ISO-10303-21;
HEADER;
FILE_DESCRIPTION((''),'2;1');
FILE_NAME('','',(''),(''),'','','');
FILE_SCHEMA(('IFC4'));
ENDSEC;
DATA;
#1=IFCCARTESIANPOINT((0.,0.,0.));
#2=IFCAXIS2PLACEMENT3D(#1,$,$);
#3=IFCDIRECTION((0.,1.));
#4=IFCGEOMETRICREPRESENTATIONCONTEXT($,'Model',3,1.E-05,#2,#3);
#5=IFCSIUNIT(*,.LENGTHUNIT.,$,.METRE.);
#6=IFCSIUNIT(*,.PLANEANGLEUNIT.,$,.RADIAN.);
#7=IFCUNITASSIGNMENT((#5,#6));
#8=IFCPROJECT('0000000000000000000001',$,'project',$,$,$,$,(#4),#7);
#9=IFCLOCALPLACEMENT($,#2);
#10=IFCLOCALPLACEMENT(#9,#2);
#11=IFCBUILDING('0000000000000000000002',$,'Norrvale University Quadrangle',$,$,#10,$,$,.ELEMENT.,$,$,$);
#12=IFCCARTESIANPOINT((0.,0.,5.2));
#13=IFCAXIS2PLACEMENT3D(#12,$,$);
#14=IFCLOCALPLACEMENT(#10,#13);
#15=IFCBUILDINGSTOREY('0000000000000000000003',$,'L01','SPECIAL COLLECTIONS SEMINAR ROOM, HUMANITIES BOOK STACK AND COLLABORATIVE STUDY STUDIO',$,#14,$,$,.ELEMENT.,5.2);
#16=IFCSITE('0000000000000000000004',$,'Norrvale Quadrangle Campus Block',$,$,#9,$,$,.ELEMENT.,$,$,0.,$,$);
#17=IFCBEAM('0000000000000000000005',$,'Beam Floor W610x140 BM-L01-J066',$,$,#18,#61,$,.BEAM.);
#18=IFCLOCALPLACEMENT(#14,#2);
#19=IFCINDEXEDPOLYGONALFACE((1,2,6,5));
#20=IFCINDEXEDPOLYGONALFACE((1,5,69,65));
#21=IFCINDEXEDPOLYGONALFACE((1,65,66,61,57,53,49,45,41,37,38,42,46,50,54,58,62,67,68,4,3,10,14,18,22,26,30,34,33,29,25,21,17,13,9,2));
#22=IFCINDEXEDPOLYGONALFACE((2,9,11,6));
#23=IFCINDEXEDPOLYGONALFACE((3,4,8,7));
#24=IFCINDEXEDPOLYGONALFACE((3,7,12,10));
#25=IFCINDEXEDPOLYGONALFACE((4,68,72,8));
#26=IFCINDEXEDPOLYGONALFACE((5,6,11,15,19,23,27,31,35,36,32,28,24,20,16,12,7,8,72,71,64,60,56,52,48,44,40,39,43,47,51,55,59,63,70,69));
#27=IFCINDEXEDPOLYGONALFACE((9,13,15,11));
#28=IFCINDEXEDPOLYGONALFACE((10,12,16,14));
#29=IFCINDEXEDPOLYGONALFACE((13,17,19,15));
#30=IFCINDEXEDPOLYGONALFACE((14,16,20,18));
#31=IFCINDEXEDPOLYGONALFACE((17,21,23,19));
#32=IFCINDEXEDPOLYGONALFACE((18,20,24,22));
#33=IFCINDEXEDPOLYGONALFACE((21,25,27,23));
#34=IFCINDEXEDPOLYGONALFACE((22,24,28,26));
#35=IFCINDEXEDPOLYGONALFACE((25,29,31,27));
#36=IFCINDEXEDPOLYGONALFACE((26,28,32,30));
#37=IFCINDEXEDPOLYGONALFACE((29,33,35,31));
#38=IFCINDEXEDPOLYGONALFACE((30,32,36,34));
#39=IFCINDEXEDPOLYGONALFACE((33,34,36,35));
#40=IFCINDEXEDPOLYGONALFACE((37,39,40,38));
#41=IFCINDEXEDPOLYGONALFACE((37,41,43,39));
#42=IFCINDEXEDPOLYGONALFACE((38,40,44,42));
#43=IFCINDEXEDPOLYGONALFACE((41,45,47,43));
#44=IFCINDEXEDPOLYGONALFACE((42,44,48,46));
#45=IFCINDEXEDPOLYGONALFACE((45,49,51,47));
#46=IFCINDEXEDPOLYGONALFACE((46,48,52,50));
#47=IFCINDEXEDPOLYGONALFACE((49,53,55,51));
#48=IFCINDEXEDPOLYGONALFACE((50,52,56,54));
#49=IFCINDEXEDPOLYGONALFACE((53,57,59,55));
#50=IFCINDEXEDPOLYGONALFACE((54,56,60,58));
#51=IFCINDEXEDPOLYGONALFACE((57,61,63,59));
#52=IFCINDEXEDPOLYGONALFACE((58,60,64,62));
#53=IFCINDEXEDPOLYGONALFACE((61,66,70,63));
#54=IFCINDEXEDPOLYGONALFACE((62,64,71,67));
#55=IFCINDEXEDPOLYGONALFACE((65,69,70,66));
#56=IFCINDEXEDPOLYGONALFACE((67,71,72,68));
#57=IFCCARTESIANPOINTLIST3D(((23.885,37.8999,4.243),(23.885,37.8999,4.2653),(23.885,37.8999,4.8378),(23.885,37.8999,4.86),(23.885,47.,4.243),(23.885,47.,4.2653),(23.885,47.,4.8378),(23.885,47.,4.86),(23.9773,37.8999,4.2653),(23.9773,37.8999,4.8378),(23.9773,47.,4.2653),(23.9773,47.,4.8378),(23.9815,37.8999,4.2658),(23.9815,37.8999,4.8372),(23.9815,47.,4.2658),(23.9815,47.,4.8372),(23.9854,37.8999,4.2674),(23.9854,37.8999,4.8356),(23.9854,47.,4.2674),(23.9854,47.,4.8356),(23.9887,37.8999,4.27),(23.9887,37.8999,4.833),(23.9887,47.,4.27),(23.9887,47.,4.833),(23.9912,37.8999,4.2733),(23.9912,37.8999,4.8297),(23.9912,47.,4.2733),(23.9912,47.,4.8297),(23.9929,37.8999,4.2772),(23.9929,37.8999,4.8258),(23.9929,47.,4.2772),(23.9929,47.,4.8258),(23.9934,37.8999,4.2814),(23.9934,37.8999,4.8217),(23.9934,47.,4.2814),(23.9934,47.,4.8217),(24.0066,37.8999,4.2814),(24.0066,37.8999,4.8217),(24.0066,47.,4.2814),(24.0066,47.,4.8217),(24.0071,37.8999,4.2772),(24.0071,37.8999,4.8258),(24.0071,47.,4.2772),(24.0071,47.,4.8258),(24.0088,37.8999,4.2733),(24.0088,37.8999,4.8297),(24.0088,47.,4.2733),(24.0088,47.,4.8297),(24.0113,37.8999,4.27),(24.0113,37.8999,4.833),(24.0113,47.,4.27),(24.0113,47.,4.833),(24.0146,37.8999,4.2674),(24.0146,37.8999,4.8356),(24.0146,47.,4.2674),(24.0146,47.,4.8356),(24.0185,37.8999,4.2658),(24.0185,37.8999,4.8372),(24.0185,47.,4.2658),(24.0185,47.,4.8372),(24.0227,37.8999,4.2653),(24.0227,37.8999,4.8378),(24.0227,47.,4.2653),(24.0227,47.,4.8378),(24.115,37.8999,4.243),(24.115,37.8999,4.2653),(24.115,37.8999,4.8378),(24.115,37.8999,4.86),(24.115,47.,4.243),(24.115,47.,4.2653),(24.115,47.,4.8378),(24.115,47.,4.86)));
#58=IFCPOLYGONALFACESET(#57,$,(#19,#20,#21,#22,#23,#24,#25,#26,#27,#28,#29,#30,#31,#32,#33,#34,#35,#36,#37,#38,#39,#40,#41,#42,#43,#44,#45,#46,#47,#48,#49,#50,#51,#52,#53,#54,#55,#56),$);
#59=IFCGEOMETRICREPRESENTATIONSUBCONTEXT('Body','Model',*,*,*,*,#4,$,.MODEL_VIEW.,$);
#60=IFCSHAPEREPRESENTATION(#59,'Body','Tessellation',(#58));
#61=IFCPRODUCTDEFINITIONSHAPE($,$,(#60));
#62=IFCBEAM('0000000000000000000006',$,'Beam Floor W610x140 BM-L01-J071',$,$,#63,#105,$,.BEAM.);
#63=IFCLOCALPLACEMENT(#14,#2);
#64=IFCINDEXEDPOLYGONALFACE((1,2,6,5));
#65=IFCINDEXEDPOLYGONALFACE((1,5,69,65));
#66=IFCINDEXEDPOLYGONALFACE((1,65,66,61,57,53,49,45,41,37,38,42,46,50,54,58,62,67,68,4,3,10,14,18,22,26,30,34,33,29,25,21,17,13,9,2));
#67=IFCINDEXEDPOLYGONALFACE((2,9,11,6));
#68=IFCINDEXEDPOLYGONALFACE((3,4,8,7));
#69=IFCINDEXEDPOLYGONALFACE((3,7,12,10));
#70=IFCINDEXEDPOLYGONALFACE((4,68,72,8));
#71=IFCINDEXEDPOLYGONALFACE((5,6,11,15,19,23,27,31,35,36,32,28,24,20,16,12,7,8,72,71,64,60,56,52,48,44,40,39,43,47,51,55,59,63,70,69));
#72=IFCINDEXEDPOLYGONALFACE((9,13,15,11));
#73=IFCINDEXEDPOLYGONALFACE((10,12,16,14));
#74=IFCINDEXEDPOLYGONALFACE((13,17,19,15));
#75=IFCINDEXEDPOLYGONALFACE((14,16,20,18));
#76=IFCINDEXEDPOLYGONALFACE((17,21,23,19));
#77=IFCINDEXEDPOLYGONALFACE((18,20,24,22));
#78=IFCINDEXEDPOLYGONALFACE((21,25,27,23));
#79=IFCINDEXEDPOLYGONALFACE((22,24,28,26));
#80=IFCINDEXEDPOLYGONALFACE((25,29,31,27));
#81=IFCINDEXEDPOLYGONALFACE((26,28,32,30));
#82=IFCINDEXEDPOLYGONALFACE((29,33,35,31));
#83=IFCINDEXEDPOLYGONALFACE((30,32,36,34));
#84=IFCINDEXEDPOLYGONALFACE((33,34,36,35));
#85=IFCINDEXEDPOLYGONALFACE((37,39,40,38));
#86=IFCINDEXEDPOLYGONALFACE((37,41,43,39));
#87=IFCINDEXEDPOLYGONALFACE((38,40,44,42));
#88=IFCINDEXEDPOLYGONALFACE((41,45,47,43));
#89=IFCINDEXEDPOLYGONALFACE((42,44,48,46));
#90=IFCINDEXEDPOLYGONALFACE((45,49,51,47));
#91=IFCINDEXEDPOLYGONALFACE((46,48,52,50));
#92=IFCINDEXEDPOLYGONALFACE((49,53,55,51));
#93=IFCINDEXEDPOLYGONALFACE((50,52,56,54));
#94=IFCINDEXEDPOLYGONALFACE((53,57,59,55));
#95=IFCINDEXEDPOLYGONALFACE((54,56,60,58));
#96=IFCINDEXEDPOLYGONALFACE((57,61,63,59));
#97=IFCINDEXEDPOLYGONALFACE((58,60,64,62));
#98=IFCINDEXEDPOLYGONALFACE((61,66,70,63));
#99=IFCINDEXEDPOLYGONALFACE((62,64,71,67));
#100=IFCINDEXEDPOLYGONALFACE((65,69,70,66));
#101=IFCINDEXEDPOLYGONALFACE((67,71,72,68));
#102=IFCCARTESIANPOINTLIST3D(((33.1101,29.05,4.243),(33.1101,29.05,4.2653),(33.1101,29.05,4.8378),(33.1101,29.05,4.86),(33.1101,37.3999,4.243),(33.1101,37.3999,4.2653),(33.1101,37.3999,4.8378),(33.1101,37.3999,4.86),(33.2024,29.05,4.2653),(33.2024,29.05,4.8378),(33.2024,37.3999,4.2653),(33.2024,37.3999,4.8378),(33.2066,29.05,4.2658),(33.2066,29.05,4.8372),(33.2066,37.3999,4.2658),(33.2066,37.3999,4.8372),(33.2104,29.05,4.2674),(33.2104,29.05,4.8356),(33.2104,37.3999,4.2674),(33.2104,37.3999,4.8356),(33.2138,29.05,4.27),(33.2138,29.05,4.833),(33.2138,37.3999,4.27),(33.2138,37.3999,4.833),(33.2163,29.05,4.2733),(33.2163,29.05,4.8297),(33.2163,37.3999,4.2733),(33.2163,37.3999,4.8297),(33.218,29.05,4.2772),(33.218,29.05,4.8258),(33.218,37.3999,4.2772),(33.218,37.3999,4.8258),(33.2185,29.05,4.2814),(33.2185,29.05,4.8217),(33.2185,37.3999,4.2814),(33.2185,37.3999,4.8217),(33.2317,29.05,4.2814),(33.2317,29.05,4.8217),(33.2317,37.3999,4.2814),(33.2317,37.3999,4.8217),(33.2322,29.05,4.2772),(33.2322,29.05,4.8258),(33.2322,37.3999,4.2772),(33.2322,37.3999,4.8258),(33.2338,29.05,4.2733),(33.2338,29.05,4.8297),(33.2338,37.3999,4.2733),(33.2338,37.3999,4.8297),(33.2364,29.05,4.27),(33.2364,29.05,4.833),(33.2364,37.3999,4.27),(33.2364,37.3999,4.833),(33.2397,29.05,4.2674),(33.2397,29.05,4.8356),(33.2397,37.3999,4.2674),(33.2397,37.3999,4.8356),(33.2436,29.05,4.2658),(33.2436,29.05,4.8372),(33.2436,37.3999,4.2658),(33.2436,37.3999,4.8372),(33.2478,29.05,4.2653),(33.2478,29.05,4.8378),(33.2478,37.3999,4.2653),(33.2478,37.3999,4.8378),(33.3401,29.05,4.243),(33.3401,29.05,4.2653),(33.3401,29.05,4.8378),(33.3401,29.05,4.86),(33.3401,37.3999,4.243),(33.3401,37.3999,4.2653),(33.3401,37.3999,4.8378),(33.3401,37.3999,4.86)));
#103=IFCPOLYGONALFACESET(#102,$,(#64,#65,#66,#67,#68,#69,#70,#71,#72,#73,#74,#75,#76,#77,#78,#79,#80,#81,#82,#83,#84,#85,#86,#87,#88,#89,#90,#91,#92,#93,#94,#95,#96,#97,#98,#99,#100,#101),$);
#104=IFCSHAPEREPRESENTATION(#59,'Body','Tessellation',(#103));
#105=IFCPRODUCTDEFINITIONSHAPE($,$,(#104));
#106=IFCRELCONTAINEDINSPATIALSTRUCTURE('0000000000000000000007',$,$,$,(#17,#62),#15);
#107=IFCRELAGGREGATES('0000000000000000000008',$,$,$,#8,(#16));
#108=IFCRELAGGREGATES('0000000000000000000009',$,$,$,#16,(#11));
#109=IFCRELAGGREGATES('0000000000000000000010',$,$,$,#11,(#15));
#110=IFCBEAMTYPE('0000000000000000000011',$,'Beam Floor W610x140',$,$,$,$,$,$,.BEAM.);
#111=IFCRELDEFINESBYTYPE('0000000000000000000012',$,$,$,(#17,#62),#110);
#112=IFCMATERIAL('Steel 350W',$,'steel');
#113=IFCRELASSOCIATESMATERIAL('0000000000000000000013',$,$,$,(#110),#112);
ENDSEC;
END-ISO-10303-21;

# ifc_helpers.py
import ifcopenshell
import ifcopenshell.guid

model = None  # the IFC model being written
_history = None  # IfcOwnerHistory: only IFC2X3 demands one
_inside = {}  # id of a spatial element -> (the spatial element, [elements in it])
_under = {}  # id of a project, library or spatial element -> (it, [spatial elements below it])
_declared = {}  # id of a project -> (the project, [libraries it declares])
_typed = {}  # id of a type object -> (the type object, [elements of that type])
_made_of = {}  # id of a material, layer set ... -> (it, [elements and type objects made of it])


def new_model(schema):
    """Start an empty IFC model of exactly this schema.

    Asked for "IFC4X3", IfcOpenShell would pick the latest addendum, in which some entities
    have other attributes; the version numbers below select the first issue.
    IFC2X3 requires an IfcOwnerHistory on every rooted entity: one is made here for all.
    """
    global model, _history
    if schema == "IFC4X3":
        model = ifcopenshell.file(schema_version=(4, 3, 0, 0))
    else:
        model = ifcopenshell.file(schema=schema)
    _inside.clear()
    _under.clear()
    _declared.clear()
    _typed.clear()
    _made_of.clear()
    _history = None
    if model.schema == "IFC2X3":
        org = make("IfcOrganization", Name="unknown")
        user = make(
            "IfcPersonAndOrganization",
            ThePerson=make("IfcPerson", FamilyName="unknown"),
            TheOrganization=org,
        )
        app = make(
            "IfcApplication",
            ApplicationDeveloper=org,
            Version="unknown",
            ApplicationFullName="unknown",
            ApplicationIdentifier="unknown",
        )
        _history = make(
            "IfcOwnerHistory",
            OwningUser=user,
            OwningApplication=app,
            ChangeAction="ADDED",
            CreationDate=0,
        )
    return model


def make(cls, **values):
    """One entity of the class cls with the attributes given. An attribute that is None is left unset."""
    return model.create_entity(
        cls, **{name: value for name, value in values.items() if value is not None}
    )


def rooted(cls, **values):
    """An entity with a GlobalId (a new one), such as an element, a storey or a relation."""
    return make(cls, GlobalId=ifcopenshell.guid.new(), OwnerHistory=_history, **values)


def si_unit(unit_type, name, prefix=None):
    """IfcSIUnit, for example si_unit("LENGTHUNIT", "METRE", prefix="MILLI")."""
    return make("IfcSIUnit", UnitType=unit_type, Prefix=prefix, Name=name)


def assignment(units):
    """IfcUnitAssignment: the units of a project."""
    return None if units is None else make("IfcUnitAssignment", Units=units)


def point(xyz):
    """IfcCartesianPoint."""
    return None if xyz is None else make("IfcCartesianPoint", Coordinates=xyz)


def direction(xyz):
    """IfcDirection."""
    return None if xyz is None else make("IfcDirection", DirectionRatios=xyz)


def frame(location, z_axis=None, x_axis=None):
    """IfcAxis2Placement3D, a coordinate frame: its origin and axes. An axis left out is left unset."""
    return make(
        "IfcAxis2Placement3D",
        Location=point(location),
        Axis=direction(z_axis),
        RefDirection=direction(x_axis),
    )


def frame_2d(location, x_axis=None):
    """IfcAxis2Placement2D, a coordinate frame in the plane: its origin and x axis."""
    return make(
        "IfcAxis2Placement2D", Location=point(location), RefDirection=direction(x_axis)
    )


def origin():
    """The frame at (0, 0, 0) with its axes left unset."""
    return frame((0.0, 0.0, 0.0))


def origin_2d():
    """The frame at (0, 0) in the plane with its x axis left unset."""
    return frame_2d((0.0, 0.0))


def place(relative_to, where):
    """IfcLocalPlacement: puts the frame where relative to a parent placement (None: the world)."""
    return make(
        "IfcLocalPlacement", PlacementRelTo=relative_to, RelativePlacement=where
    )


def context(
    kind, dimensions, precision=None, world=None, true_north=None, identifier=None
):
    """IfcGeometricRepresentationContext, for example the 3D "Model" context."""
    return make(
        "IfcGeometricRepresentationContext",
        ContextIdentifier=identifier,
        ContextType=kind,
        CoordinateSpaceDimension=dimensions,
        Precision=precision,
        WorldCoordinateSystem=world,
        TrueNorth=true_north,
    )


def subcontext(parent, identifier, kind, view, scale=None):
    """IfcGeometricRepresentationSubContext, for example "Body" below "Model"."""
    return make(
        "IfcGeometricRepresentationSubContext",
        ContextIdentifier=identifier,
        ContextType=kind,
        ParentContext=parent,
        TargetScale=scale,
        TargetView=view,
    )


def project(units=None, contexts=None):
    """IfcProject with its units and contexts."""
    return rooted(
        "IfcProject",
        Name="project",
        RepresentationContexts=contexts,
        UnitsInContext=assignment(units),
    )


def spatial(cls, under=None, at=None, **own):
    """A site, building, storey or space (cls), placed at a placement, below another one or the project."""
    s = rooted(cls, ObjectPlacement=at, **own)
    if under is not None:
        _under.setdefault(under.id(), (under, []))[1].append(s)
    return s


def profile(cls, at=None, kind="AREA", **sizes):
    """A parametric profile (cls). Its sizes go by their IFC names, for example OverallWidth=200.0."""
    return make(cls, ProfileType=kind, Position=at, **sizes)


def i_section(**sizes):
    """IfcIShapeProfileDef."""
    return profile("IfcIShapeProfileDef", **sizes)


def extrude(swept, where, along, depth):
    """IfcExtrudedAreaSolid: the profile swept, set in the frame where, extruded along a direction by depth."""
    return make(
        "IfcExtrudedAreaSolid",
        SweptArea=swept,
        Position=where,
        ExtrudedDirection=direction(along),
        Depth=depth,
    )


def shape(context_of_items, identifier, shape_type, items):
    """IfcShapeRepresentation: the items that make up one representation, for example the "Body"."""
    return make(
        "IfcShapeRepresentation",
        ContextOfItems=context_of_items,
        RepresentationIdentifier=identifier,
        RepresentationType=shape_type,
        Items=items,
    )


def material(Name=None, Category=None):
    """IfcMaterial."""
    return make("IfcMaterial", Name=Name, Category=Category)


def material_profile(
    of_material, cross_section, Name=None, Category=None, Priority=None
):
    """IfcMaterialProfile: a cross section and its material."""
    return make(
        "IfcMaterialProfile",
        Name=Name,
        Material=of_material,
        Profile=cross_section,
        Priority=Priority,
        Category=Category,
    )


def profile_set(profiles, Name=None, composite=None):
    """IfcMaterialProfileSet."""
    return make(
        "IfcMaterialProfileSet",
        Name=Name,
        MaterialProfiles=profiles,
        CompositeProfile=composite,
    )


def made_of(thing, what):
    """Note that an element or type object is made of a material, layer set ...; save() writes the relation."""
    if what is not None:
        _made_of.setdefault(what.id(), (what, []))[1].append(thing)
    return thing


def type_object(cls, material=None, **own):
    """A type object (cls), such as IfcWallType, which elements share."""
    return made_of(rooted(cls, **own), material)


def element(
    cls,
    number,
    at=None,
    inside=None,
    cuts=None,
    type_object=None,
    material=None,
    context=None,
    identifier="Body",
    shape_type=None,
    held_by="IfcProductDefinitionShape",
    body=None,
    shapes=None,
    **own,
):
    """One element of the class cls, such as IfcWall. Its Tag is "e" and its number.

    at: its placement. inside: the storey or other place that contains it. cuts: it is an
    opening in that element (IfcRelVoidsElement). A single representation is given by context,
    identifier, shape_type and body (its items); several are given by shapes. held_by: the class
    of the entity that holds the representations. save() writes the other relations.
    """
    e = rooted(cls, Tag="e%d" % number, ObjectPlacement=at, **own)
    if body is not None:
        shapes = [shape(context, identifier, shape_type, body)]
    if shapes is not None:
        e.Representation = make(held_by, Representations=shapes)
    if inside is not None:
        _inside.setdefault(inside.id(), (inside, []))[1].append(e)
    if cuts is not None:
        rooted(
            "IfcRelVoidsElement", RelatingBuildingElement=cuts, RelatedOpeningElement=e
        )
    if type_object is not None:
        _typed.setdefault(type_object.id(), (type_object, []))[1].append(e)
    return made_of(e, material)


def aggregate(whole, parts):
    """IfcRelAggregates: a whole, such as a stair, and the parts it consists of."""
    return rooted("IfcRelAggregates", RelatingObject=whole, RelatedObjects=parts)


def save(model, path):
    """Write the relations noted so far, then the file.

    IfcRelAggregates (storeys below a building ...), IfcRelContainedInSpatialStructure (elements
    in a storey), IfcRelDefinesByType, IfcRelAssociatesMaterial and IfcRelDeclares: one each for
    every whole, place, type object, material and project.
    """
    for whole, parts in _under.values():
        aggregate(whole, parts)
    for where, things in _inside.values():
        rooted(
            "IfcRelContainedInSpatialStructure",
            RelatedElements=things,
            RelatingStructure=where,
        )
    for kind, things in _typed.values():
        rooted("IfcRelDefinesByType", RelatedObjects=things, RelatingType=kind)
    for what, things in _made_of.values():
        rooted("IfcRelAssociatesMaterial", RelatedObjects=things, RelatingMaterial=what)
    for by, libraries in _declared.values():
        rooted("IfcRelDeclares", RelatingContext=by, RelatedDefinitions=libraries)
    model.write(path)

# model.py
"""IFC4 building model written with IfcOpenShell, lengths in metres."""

from ifc_helpers import new_model, si_unit, direction, frame, origin, origin_2d, place, context, subcontext, project, spatial, i_section, extrude, material, material_profile, profile_set, type_object, element, save


model = new_model("IFC4")

# Units and contexts
model_context = context("Model", 3, precision=1e-05, world=origin(), true_north=direction((0.0, 1.0)))
body_context = subcontext(model_context, "Body", "Model", "MODEL_VIEW")
ifc_project = project(units=[si_unit("LENGTHUNIT", "METRE"), si_unit("PLANEANGLEUNIT", "RADIAN")], contexts=[model_context])

# Site, building, storey
site_placement = place(None, origin())
site = spatial("IfcSite", under=ifc_project, at=site_placement, Name="Norrvale Quadrangle Campus Block", CompositionType="ELEMENT", RefElevation=0.0)
building_placement = place(site_placement, origin())
building = spatial("IfcBuilding", under=site, at=building_placement, Name="Norrvale University Quadrangle", CompositionType="ELEMENT")
storey_placement = place(building_placement, frame((0.0, 0.0, 5.2)))
storey = spatial("IfcBuildingStorey", under=building, at=storey_placement, Name="L01", Description="SPECIAL COLLECTIONS SEMINAR ROOM, HUMANITIES BOOK STACK AND COLLABORATIVE STUDY STUDIO", CompositionType="ELEMENT", Elevation=5.2)

# Beams
ifc_material_1 = material(Name="Steel 350W", Category="steel")
ifc_material_profile_1 = material_profile(ifc_material_1, i_section(OverallWidth=0.23, OverallDepth=0.6169, WebThickness=0.0132, FlangeThickness=0.0222, FilletRadius=0.0161, at=origin_2d()), Name="Steel 350W")
ifc_profile_set_1 = profile_set([ifc_material_profile_1], Name="Steel 350W")
beam_type_1 = type_object("IfcBeamType", Name="Beam Floor W610x140", PredefinedType="BEAM", material=ifc_profile_set_1)
beam_1_placement = place(storey_placement, frame((24.0, 37.8999, 4.5515), z_axis=(0.0, 1.0, 0.0), x_axis=(-1.0, 0.0, 0.0)))
element("IfcBeam", 1, at=beam_1_placement, inside=storey, type_object=beam_type_1, Name="Beam Floor W610x140 BM-L01-J066", PredefinedType="BEAM", context=body_context, shape_type="SweptSolid", body=[
    extrude(i_section(OverallWidth=0.23, OverallDepth=0.6169, WebThickness=0.0132, FlangeThickness=0.0222, FilletRadius=0.0161, at=origin_2d()), origin(), (0.0, 0.0, 1.0), 9.1001),
])
beam_2_placement = place(storey_placement, frame((33.2251, 29.05, 4.5515), z_axis=(0.0, 1.0, 0.0), x_axis=(-1.0, 0.0, 0.0)))
element("IfcBeam", 2, at=beam_2_placement, inside=storey, type_object=beam_type_1, Name="Beam Floor W610x140 BM-L01-J071", PredefinedType="BEAM", context=body_context, shape_type="SweptSolid", body=[
    extrude(i_section(OverallWidth=0.23, OverallDepth=0.6169, WebThickness=0.0132, FlangeThickness=0.0222, FilletRadius=0.0161, at=origin_2d()), origin(), (0.0, 0.0, 1.0), 8.3499),
])

save(model, "model.ifc")
